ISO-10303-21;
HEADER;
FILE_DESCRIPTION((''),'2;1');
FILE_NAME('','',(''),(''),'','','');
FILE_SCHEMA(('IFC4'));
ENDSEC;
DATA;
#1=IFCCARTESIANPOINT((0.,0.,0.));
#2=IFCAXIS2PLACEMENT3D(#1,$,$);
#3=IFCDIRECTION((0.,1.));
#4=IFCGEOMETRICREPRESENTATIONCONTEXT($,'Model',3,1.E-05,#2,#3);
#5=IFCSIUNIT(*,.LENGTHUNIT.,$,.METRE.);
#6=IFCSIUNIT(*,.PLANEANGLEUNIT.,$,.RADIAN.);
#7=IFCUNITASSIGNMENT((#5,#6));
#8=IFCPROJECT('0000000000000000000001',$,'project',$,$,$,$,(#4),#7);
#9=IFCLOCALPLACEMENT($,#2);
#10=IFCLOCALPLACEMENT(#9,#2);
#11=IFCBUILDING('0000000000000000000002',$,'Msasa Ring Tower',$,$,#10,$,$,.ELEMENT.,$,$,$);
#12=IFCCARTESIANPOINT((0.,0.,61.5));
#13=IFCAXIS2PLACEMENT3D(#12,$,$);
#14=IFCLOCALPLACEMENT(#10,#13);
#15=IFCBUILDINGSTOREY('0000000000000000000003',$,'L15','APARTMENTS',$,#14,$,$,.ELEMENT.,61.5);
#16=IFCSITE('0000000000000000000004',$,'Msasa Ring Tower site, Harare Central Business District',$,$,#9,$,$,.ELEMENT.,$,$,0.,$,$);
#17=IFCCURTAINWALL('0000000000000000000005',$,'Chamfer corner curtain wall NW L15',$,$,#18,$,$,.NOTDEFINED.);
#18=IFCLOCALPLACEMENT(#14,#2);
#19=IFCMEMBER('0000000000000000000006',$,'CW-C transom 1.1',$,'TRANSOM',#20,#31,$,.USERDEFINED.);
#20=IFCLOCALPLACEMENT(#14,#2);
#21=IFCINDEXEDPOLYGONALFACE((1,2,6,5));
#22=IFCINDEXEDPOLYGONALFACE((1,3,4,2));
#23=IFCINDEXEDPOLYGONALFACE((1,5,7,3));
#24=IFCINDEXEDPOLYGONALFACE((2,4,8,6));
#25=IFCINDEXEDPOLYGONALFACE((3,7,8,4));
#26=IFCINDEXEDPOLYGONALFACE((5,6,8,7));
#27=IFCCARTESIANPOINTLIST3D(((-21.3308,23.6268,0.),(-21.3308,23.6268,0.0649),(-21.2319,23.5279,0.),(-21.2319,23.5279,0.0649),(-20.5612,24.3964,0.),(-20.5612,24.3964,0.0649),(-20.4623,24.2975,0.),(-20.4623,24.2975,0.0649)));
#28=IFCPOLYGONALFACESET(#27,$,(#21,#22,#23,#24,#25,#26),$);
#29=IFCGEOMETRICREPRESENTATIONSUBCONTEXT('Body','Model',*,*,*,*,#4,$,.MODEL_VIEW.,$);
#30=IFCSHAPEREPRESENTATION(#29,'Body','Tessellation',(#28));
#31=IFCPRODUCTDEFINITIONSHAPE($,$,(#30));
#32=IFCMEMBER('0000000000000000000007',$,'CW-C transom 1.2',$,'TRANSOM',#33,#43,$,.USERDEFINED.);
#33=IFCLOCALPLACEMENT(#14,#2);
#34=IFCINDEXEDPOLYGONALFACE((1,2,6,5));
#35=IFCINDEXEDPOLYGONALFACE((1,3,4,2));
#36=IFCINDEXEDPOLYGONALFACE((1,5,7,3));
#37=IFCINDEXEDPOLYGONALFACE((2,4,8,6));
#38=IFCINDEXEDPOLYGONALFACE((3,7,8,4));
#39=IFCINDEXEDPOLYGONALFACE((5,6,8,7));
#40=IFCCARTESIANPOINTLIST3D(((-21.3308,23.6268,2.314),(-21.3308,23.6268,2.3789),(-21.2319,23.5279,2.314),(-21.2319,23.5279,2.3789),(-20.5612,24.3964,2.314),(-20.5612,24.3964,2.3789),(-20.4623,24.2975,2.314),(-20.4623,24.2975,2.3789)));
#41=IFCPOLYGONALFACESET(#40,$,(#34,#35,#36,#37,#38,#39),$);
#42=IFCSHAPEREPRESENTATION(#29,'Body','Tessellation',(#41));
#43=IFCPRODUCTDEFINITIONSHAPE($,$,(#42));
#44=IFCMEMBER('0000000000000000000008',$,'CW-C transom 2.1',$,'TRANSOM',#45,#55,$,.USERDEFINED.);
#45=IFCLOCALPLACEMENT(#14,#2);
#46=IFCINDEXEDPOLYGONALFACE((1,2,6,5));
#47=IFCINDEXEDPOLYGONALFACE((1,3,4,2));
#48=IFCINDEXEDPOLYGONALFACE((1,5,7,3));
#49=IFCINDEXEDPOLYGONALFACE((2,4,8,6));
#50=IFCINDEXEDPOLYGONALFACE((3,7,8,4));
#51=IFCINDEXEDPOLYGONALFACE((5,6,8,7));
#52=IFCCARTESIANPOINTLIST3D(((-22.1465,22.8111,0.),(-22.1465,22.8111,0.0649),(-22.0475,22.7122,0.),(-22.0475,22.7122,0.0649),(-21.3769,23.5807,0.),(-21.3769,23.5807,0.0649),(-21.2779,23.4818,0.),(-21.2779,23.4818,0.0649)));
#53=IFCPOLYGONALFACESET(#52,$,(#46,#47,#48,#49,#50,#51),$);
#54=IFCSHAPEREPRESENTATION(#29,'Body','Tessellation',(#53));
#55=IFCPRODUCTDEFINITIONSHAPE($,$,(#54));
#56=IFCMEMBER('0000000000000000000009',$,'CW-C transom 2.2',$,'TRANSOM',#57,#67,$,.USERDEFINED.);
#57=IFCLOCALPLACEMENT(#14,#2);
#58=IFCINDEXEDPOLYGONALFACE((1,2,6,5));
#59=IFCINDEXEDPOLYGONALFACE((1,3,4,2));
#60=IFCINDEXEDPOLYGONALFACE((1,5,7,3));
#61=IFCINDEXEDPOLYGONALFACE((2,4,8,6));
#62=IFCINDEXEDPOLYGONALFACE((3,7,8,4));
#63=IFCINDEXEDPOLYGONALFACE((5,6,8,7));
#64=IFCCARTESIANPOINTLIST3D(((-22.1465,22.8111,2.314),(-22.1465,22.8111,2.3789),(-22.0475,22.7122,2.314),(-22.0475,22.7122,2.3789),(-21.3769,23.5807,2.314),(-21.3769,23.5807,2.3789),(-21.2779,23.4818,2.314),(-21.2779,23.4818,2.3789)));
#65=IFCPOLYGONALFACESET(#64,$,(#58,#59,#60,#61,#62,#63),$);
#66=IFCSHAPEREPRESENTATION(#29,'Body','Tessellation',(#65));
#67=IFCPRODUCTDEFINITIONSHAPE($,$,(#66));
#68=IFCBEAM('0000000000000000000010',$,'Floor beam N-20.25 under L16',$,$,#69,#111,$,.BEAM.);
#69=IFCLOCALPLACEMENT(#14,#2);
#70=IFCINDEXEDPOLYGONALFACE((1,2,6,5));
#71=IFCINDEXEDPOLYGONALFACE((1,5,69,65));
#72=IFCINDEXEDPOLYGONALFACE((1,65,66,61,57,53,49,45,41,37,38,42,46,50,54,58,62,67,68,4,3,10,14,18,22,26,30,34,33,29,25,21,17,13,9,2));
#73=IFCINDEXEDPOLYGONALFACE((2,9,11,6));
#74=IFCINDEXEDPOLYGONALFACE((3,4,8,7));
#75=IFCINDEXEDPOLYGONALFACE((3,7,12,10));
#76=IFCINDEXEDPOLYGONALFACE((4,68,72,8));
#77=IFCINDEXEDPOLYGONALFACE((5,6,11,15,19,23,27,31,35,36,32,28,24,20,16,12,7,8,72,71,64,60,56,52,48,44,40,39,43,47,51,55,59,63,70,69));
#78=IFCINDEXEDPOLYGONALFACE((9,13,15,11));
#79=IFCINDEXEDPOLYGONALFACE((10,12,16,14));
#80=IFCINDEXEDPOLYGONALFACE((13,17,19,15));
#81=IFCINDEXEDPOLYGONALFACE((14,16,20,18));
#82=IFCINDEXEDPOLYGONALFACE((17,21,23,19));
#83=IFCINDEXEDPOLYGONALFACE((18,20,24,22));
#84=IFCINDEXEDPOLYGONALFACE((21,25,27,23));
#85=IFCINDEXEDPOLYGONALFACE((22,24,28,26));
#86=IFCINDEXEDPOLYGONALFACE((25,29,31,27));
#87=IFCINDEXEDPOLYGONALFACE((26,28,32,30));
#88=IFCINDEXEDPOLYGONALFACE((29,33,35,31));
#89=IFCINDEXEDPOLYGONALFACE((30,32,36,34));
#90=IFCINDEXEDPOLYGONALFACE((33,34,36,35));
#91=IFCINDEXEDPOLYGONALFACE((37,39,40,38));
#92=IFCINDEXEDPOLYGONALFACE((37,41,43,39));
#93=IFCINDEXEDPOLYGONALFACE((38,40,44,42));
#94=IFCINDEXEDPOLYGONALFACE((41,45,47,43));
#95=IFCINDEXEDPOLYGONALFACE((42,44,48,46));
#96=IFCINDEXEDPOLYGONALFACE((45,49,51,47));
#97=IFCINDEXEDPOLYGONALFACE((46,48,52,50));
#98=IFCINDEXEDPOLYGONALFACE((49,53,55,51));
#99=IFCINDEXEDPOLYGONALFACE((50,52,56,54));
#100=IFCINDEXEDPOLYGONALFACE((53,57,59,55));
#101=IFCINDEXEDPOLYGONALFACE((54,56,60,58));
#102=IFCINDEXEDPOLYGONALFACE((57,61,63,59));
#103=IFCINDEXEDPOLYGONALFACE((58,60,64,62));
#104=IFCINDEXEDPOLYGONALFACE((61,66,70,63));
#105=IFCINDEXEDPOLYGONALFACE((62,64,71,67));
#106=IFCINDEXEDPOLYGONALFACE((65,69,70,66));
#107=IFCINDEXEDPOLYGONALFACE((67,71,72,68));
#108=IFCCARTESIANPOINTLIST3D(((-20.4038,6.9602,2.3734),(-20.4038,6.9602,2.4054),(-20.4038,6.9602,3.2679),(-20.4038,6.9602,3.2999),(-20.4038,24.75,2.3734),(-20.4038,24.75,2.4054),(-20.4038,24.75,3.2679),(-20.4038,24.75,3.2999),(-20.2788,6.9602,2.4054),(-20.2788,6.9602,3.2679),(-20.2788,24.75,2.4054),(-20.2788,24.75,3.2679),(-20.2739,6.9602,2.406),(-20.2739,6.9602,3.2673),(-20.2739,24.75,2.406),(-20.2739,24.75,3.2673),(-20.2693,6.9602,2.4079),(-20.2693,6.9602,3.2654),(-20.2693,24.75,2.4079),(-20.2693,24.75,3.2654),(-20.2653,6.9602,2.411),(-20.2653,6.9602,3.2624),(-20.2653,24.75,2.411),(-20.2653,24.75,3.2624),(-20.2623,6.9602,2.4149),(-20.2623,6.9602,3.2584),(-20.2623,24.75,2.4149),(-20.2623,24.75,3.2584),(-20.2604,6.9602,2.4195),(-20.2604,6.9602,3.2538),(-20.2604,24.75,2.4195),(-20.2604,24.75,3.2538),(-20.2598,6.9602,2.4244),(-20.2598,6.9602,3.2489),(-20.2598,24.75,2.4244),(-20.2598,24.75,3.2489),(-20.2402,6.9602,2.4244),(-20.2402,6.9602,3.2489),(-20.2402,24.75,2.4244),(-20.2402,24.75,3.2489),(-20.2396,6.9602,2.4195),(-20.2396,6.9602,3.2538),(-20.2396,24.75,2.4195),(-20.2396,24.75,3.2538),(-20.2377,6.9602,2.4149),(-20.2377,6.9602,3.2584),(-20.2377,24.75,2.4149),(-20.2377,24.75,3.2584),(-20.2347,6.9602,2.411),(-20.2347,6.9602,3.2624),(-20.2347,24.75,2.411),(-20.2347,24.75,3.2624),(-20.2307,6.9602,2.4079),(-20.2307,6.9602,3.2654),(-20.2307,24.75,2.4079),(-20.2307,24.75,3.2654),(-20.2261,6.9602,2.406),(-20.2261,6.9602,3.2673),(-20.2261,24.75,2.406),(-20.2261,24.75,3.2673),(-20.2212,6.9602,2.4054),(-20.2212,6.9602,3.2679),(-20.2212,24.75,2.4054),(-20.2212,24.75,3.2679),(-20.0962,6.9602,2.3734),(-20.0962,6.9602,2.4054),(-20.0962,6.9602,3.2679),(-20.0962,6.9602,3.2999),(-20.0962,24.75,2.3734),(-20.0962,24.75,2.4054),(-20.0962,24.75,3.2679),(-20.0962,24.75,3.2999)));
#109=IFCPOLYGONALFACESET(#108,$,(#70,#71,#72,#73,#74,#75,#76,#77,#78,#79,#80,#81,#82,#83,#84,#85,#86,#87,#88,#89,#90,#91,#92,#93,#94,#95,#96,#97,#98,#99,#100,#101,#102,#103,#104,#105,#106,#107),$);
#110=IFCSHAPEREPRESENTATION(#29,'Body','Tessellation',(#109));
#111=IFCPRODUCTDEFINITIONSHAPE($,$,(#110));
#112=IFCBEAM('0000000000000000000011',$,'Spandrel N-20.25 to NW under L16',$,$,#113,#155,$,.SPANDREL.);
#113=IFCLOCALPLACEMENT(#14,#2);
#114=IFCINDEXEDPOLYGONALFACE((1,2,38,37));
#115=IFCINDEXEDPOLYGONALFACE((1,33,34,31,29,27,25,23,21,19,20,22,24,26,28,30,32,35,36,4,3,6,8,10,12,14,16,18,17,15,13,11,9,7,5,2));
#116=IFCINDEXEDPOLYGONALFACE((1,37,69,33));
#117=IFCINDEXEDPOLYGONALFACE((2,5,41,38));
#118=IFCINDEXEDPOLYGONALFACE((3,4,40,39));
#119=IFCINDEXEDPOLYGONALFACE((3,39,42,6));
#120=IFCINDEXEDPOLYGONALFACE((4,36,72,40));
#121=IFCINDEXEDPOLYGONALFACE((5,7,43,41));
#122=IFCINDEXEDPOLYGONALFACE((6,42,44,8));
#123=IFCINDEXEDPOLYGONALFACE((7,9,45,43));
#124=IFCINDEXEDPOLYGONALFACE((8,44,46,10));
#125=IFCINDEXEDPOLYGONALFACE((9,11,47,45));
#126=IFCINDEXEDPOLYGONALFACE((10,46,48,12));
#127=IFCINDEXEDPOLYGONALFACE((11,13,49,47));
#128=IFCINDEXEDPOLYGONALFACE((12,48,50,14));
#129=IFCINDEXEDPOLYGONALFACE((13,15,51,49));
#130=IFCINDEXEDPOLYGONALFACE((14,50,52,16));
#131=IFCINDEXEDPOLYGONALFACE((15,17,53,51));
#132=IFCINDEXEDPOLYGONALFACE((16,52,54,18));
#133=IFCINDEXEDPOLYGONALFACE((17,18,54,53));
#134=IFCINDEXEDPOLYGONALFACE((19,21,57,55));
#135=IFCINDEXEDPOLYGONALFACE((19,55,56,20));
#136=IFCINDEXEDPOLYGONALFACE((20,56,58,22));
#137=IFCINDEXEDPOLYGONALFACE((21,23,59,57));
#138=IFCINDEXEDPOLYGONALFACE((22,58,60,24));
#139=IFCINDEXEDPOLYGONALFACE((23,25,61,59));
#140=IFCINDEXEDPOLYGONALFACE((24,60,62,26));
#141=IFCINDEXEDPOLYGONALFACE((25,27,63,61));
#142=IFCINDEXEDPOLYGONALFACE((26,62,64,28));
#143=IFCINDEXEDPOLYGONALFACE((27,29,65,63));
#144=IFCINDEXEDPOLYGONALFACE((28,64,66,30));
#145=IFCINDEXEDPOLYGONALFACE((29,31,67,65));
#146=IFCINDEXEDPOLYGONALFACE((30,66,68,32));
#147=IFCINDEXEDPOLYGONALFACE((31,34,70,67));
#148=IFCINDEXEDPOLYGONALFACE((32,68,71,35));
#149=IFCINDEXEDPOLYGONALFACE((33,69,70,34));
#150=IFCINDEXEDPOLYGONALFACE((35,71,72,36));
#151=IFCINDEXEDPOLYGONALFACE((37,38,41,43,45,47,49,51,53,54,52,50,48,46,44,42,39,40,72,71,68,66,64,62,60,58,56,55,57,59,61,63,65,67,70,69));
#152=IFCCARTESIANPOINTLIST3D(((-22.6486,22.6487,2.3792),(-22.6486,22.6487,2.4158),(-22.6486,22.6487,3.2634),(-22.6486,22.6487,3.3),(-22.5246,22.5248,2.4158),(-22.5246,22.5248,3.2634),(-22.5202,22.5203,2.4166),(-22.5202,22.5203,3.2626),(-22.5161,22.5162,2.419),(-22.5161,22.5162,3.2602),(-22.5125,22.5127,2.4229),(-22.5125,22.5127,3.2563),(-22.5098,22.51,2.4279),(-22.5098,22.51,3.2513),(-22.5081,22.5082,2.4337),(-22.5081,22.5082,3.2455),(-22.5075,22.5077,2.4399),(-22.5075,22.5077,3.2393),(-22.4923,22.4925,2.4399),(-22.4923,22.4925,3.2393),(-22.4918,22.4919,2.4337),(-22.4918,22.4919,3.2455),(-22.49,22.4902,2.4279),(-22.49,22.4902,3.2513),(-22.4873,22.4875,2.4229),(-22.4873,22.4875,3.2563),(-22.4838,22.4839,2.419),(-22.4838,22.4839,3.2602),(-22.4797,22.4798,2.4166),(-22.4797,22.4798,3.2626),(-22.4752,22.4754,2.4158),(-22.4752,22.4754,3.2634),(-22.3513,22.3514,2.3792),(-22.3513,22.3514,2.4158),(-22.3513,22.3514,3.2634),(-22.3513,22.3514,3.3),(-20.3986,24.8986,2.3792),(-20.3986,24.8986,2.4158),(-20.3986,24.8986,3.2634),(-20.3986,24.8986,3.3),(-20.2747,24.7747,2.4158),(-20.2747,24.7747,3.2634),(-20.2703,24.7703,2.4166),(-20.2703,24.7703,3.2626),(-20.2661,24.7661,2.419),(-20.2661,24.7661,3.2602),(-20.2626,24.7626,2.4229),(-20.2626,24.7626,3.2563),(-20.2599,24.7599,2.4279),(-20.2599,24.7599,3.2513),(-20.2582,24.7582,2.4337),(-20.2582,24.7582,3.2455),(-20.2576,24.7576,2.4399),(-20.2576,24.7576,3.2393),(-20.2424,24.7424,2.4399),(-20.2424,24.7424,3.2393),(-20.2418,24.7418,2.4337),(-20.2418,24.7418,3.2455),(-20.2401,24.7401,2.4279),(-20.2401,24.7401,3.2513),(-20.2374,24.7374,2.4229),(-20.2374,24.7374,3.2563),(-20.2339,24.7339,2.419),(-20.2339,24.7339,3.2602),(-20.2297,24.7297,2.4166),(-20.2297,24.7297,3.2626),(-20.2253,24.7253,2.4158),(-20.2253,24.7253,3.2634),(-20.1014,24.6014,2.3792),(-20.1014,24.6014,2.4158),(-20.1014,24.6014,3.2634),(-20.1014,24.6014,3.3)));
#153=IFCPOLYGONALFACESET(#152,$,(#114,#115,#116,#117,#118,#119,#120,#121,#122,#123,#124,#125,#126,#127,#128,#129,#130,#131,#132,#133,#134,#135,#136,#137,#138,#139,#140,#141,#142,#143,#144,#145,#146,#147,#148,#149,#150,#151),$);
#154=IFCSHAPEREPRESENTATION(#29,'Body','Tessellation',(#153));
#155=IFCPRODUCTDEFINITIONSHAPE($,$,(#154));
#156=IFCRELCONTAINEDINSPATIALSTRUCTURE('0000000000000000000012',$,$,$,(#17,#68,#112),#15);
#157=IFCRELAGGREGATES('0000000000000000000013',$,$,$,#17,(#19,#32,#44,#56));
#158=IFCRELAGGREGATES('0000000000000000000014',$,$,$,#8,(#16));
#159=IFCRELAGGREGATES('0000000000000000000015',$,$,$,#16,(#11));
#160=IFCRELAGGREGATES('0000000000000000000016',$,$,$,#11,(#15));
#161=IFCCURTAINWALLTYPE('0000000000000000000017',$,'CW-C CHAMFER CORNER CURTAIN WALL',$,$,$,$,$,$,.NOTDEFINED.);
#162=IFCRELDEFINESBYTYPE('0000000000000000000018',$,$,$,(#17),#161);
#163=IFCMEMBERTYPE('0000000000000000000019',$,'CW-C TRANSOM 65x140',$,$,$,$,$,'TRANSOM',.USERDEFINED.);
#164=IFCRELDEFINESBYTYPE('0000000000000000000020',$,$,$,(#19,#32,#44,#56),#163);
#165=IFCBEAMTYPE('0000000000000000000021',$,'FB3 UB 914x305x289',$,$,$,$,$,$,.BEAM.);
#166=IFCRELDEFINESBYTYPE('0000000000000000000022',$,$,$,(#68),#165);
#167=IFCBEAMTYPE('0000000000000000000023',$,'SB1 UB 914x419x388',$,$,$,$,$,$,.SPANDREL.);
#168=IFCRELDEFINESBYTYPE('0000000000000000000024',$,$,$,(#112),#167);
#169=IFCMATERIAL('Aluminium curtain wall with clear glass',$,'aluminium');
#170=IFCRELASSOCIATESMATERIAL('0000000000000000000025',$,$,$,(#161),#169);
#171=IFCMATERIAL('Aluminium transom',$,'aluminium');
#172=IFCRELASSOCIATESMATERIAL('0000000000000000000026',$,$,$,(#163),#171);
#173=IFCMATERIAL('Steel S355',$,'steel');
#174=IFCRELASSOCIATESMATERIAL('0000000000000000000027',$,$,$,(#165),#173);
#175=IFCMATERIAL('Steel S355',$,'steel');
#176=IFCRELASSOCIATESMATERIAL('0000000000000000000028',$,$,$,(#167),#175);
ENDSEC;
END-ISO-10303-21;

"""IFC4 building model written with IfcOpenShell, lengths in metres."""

from ifc_helpers import new_model, si_unit, direction, frame, origin, origin_2d, place, context, subcontext, project, spatial, rectangle, i_section, extrude, material, material_profile, profile_set, type_object, element, aggregate, save


model = new_model("IFC4")

# Units and contexts
model_context = context("Model", 3, precision=1e-05, world=origin(), true_north=direction((0.0, 1.0)))
body_context = subcontext(model_context, "Body", "Model", "MODEL_VIEW")
ifc_project = project(units=[si_unit("LENGTHUNIT", "METRE"), si_unit("PLANEANGLEUNIT", "RADIAN")], contexts=[model_context])

# Site, building, storey
site_placement = place(None, origin())
site = spatial("IfcSite", under=ifc_project, at=site_placement, Name="Msasa Ring Tower site, Harare Central Business District", CompositionType="ELEMENT", RefElevation=0.0)
building_placement = place(site_placement, origin())
building = spatial("IfcBuilding", under=site, at=building_placement, Name="Msasa Ring Tower", CompositionType="ELEMENT")
storey_placement = place(building_placement, frame((0.0, 0.0, 61.5)))
storey = spatial("IfcBuildingStorey", under=building, at=storey_placement, Name="L15", Description="APARTMENTS", CompositionType="ELEMENT", Elevation=61.5)

# Curtain wall
ifc_material_1 = material(Name="Aluminium curtain wall with clear glass", Category="aluminium")
curtain_wall_type = type_object("IfcCurtainWallType", Name="CW-C CHAMFER CORNER CURTAIN WALL", PredefinedType="NOTDEFINED", material=ifc_material_1)
curtain_wall_1_placement = place(storey_placement, origin())
curtain_wall_1 = element("IfcCurtainWall", 1, at=curtain_wall_1_placement, inside=storey, type_object=curtain_wall_type, Name="Chamfer corner curtain wall NW L15", PredefinedType="NOTDEFINED")

# Members
ifc_material_2 = material(Name="Aluminium transom", Category="aluminium")
ifc_material_profile_1 = material_profile(ifc_material_2, rectangle(XDim=0.1399, YDim=0.0649, at=origin_2d()), Name="AL 65x140")
ifc_profile_set_1 = profile_set([ifc_material_profile_1], Name="Aluminium transom")
member_type_1 = type_object("IfcMemberType", Name="CW-C TRANSOM 65x140", ElementType="TRANSOM", PredefinedType="USERDEFINED", material=ifc_profile_set_1)
member_1_placement = place(storey_placement, frame((-20.5117, 24.3469, 0.0325), z_axis=(-0.707107, -0.707107, 0.0), x_axis=(0.707107, -0.707107, 0.0)))
member_1 = element("IfcMember", 2, at=member_1_placement, type_object=member_type_1, Name="CW-C transom 1.1", ObjectType="TRANSOM", PredefinedType="USERDEFINED", context=body_context, shape_type="SweptSolid", body=[
    extrude(rectangle(XDim=0.1399, YDim=0.0649, at=origin_2d()), origin(), (0.0, 0.0, 1.0), 1.0884),
])
member_2_placement = place(storey_placement, frame((-20.5117, 24.3469, 2.3464), z_axis=(-0.707107, -0.707107, 0.0), x_axis=(0.707107, -0.707107, 0.0)))
member_2 = element("IfcMember", 3, at=member_2_placement, type_object=member_type_1, Name="CW-C transom 1.2", ObjectType="TRANSOM", PredefinedType="USERDEFINED", context=body_context, shape_type="SweptSolid", body=[
    extrude(rectangle(XDim=0.1399, YDim=0.0649, at=origin_2d()), origin(), (0.0, 0.0, 1.0), 1.0884),
])
member_3_placement = place(storey_placement, frame((-21.3274, 23.5312, 0.0325), z_axis=(-0.707107, -0.707107, 0.0), x_axis=(0.707107, -0.707107, 0.0)))
member_3 = element("IfcMember", 4, at=member_3_placement, type_object=member_type_1, Name="CW-C transom 2.1", ObjectType="TRANSOM", PredefinedType="USERDEFINED", context=body_context, shape_type="SweptSolid", body=[
    extrude(rectangle(XDim=0.1399, YDim=0.0649, at=origin_2d()), origin(), (0.0, 0.0, 1.0), 1.0884),
])
member_4_placement = place(storey_placement, frame((-21.3274, 23.5312, 2.3464), z_axis=(-0.707107, -0.707107, 0.0), x_axis=(0.707107, -0.707107, 0.0)))
member_4 = element("IfcMember", 5, at=member_4_placement, type_object=member_type_1, Name="CW-C transom 2.2", ObjectType="TRANSOM", PredefinedType="USERDEFINED", context=body_context, shape_type="SweptSolid", body=[
    extrude(rectangle(XDim=0.1399, YDim=0.0649, at=origin_2d()), origin(), (0.0, 0.0, 1.0), 1.0884),
])

# Beams
ifc_material_3 = material(Name="Steel S355", Category="steel")
ifc_material_profile_2 = material_profile(ifc_material_3, i_section(OverallWidth=0.3076, OverallDepth=0.9265, WebThickness=0.0195, FlangeThickness=0.032, FilletRadius=0.019, at=origin_2d()), Name="UB 914x305x289")
ifc_profile_set_2 = profile_set([ifc_material_profile_2], Name="Steel S355")
beam_type_1 = type_object("IfcBeamType", Name="FB3 UB 914x305x289", PredefinedType="BEAM", material=ifc_profile_set_2)
beam_placement = place(storey_placement, frame((-20.25, 24.75, 2.8367), z_axis=(0.0, -1.0, 0.0), x_axis=(1.0, 0.0, 0.0)))
element("IfcBeam", 6, at=beam_placement, inside=storey, type_object=beam_type_1, Name="Floor beam N-20.25 under L16", PredefinedType="BEAM", context=body_context, shape_type="SweptSolid", body=[
    extrude(i_section(OverallWidth=0.3076, OverallDepth=0.9265, WebThickness=0.0195, FlangeThickness=0.032, FilletRadius=0.019, at=origin_2d()), origin(), (0.0, 0.0, 1.0), 17.7898),
])
ifc_material_4 = material(Name="Steel S355", Category="steel")
ifc_material_profile_3 = material_profile(ifc_material_4, i_section(OverallWidth=0.4204, OverallDepth=0.9209, WebThickness=0.0215, FlangeThickness=0.0366, FilletRadius=0.0242, at=origin_2d()), Name="UB 914x419x388")
ifc_profile_set_3 = profile_set([ifc_material_profile_3], Name="Steel S355")
beam_type_2 = type_object("IfcBeamType", Name="SB1 UB 914x419x388", PredefinedType="SPANDREL", material=ifc_profile_set_3)
for number, where, z_axis, x_axis, name in (
    (7, (-20.25, 24.75, 2.8396), (-0.707107, -0.707107, 0.0), (0.707107, -0.707107, 0.0), "Spandrel N-20.25 to NW under L16"),
):
    element("IfcBeam", number, at=place(storey_placement, frame(where, z_axis=z_axis, x_axis=x_axis)), inside=storey, type_object=beam_type_2, Name=name, PredefinedType="SPANDREL", context=body_context, shape_type="SweptSolid", body=[
        extrude(i_section(OverallWidth=0.4204, OverallDepth=0.9209, WebThickness=0.0215, FlangeThickness=0.0366, FilletRadius=0.0242, at=origin_2d()), origin(), (0.0, 0.0, 1.0), 3.1819),
    ])

aggregate(curtain_wall_1, [member_1, member_2, member_3, member_4])

save(model, "model.ifc")
